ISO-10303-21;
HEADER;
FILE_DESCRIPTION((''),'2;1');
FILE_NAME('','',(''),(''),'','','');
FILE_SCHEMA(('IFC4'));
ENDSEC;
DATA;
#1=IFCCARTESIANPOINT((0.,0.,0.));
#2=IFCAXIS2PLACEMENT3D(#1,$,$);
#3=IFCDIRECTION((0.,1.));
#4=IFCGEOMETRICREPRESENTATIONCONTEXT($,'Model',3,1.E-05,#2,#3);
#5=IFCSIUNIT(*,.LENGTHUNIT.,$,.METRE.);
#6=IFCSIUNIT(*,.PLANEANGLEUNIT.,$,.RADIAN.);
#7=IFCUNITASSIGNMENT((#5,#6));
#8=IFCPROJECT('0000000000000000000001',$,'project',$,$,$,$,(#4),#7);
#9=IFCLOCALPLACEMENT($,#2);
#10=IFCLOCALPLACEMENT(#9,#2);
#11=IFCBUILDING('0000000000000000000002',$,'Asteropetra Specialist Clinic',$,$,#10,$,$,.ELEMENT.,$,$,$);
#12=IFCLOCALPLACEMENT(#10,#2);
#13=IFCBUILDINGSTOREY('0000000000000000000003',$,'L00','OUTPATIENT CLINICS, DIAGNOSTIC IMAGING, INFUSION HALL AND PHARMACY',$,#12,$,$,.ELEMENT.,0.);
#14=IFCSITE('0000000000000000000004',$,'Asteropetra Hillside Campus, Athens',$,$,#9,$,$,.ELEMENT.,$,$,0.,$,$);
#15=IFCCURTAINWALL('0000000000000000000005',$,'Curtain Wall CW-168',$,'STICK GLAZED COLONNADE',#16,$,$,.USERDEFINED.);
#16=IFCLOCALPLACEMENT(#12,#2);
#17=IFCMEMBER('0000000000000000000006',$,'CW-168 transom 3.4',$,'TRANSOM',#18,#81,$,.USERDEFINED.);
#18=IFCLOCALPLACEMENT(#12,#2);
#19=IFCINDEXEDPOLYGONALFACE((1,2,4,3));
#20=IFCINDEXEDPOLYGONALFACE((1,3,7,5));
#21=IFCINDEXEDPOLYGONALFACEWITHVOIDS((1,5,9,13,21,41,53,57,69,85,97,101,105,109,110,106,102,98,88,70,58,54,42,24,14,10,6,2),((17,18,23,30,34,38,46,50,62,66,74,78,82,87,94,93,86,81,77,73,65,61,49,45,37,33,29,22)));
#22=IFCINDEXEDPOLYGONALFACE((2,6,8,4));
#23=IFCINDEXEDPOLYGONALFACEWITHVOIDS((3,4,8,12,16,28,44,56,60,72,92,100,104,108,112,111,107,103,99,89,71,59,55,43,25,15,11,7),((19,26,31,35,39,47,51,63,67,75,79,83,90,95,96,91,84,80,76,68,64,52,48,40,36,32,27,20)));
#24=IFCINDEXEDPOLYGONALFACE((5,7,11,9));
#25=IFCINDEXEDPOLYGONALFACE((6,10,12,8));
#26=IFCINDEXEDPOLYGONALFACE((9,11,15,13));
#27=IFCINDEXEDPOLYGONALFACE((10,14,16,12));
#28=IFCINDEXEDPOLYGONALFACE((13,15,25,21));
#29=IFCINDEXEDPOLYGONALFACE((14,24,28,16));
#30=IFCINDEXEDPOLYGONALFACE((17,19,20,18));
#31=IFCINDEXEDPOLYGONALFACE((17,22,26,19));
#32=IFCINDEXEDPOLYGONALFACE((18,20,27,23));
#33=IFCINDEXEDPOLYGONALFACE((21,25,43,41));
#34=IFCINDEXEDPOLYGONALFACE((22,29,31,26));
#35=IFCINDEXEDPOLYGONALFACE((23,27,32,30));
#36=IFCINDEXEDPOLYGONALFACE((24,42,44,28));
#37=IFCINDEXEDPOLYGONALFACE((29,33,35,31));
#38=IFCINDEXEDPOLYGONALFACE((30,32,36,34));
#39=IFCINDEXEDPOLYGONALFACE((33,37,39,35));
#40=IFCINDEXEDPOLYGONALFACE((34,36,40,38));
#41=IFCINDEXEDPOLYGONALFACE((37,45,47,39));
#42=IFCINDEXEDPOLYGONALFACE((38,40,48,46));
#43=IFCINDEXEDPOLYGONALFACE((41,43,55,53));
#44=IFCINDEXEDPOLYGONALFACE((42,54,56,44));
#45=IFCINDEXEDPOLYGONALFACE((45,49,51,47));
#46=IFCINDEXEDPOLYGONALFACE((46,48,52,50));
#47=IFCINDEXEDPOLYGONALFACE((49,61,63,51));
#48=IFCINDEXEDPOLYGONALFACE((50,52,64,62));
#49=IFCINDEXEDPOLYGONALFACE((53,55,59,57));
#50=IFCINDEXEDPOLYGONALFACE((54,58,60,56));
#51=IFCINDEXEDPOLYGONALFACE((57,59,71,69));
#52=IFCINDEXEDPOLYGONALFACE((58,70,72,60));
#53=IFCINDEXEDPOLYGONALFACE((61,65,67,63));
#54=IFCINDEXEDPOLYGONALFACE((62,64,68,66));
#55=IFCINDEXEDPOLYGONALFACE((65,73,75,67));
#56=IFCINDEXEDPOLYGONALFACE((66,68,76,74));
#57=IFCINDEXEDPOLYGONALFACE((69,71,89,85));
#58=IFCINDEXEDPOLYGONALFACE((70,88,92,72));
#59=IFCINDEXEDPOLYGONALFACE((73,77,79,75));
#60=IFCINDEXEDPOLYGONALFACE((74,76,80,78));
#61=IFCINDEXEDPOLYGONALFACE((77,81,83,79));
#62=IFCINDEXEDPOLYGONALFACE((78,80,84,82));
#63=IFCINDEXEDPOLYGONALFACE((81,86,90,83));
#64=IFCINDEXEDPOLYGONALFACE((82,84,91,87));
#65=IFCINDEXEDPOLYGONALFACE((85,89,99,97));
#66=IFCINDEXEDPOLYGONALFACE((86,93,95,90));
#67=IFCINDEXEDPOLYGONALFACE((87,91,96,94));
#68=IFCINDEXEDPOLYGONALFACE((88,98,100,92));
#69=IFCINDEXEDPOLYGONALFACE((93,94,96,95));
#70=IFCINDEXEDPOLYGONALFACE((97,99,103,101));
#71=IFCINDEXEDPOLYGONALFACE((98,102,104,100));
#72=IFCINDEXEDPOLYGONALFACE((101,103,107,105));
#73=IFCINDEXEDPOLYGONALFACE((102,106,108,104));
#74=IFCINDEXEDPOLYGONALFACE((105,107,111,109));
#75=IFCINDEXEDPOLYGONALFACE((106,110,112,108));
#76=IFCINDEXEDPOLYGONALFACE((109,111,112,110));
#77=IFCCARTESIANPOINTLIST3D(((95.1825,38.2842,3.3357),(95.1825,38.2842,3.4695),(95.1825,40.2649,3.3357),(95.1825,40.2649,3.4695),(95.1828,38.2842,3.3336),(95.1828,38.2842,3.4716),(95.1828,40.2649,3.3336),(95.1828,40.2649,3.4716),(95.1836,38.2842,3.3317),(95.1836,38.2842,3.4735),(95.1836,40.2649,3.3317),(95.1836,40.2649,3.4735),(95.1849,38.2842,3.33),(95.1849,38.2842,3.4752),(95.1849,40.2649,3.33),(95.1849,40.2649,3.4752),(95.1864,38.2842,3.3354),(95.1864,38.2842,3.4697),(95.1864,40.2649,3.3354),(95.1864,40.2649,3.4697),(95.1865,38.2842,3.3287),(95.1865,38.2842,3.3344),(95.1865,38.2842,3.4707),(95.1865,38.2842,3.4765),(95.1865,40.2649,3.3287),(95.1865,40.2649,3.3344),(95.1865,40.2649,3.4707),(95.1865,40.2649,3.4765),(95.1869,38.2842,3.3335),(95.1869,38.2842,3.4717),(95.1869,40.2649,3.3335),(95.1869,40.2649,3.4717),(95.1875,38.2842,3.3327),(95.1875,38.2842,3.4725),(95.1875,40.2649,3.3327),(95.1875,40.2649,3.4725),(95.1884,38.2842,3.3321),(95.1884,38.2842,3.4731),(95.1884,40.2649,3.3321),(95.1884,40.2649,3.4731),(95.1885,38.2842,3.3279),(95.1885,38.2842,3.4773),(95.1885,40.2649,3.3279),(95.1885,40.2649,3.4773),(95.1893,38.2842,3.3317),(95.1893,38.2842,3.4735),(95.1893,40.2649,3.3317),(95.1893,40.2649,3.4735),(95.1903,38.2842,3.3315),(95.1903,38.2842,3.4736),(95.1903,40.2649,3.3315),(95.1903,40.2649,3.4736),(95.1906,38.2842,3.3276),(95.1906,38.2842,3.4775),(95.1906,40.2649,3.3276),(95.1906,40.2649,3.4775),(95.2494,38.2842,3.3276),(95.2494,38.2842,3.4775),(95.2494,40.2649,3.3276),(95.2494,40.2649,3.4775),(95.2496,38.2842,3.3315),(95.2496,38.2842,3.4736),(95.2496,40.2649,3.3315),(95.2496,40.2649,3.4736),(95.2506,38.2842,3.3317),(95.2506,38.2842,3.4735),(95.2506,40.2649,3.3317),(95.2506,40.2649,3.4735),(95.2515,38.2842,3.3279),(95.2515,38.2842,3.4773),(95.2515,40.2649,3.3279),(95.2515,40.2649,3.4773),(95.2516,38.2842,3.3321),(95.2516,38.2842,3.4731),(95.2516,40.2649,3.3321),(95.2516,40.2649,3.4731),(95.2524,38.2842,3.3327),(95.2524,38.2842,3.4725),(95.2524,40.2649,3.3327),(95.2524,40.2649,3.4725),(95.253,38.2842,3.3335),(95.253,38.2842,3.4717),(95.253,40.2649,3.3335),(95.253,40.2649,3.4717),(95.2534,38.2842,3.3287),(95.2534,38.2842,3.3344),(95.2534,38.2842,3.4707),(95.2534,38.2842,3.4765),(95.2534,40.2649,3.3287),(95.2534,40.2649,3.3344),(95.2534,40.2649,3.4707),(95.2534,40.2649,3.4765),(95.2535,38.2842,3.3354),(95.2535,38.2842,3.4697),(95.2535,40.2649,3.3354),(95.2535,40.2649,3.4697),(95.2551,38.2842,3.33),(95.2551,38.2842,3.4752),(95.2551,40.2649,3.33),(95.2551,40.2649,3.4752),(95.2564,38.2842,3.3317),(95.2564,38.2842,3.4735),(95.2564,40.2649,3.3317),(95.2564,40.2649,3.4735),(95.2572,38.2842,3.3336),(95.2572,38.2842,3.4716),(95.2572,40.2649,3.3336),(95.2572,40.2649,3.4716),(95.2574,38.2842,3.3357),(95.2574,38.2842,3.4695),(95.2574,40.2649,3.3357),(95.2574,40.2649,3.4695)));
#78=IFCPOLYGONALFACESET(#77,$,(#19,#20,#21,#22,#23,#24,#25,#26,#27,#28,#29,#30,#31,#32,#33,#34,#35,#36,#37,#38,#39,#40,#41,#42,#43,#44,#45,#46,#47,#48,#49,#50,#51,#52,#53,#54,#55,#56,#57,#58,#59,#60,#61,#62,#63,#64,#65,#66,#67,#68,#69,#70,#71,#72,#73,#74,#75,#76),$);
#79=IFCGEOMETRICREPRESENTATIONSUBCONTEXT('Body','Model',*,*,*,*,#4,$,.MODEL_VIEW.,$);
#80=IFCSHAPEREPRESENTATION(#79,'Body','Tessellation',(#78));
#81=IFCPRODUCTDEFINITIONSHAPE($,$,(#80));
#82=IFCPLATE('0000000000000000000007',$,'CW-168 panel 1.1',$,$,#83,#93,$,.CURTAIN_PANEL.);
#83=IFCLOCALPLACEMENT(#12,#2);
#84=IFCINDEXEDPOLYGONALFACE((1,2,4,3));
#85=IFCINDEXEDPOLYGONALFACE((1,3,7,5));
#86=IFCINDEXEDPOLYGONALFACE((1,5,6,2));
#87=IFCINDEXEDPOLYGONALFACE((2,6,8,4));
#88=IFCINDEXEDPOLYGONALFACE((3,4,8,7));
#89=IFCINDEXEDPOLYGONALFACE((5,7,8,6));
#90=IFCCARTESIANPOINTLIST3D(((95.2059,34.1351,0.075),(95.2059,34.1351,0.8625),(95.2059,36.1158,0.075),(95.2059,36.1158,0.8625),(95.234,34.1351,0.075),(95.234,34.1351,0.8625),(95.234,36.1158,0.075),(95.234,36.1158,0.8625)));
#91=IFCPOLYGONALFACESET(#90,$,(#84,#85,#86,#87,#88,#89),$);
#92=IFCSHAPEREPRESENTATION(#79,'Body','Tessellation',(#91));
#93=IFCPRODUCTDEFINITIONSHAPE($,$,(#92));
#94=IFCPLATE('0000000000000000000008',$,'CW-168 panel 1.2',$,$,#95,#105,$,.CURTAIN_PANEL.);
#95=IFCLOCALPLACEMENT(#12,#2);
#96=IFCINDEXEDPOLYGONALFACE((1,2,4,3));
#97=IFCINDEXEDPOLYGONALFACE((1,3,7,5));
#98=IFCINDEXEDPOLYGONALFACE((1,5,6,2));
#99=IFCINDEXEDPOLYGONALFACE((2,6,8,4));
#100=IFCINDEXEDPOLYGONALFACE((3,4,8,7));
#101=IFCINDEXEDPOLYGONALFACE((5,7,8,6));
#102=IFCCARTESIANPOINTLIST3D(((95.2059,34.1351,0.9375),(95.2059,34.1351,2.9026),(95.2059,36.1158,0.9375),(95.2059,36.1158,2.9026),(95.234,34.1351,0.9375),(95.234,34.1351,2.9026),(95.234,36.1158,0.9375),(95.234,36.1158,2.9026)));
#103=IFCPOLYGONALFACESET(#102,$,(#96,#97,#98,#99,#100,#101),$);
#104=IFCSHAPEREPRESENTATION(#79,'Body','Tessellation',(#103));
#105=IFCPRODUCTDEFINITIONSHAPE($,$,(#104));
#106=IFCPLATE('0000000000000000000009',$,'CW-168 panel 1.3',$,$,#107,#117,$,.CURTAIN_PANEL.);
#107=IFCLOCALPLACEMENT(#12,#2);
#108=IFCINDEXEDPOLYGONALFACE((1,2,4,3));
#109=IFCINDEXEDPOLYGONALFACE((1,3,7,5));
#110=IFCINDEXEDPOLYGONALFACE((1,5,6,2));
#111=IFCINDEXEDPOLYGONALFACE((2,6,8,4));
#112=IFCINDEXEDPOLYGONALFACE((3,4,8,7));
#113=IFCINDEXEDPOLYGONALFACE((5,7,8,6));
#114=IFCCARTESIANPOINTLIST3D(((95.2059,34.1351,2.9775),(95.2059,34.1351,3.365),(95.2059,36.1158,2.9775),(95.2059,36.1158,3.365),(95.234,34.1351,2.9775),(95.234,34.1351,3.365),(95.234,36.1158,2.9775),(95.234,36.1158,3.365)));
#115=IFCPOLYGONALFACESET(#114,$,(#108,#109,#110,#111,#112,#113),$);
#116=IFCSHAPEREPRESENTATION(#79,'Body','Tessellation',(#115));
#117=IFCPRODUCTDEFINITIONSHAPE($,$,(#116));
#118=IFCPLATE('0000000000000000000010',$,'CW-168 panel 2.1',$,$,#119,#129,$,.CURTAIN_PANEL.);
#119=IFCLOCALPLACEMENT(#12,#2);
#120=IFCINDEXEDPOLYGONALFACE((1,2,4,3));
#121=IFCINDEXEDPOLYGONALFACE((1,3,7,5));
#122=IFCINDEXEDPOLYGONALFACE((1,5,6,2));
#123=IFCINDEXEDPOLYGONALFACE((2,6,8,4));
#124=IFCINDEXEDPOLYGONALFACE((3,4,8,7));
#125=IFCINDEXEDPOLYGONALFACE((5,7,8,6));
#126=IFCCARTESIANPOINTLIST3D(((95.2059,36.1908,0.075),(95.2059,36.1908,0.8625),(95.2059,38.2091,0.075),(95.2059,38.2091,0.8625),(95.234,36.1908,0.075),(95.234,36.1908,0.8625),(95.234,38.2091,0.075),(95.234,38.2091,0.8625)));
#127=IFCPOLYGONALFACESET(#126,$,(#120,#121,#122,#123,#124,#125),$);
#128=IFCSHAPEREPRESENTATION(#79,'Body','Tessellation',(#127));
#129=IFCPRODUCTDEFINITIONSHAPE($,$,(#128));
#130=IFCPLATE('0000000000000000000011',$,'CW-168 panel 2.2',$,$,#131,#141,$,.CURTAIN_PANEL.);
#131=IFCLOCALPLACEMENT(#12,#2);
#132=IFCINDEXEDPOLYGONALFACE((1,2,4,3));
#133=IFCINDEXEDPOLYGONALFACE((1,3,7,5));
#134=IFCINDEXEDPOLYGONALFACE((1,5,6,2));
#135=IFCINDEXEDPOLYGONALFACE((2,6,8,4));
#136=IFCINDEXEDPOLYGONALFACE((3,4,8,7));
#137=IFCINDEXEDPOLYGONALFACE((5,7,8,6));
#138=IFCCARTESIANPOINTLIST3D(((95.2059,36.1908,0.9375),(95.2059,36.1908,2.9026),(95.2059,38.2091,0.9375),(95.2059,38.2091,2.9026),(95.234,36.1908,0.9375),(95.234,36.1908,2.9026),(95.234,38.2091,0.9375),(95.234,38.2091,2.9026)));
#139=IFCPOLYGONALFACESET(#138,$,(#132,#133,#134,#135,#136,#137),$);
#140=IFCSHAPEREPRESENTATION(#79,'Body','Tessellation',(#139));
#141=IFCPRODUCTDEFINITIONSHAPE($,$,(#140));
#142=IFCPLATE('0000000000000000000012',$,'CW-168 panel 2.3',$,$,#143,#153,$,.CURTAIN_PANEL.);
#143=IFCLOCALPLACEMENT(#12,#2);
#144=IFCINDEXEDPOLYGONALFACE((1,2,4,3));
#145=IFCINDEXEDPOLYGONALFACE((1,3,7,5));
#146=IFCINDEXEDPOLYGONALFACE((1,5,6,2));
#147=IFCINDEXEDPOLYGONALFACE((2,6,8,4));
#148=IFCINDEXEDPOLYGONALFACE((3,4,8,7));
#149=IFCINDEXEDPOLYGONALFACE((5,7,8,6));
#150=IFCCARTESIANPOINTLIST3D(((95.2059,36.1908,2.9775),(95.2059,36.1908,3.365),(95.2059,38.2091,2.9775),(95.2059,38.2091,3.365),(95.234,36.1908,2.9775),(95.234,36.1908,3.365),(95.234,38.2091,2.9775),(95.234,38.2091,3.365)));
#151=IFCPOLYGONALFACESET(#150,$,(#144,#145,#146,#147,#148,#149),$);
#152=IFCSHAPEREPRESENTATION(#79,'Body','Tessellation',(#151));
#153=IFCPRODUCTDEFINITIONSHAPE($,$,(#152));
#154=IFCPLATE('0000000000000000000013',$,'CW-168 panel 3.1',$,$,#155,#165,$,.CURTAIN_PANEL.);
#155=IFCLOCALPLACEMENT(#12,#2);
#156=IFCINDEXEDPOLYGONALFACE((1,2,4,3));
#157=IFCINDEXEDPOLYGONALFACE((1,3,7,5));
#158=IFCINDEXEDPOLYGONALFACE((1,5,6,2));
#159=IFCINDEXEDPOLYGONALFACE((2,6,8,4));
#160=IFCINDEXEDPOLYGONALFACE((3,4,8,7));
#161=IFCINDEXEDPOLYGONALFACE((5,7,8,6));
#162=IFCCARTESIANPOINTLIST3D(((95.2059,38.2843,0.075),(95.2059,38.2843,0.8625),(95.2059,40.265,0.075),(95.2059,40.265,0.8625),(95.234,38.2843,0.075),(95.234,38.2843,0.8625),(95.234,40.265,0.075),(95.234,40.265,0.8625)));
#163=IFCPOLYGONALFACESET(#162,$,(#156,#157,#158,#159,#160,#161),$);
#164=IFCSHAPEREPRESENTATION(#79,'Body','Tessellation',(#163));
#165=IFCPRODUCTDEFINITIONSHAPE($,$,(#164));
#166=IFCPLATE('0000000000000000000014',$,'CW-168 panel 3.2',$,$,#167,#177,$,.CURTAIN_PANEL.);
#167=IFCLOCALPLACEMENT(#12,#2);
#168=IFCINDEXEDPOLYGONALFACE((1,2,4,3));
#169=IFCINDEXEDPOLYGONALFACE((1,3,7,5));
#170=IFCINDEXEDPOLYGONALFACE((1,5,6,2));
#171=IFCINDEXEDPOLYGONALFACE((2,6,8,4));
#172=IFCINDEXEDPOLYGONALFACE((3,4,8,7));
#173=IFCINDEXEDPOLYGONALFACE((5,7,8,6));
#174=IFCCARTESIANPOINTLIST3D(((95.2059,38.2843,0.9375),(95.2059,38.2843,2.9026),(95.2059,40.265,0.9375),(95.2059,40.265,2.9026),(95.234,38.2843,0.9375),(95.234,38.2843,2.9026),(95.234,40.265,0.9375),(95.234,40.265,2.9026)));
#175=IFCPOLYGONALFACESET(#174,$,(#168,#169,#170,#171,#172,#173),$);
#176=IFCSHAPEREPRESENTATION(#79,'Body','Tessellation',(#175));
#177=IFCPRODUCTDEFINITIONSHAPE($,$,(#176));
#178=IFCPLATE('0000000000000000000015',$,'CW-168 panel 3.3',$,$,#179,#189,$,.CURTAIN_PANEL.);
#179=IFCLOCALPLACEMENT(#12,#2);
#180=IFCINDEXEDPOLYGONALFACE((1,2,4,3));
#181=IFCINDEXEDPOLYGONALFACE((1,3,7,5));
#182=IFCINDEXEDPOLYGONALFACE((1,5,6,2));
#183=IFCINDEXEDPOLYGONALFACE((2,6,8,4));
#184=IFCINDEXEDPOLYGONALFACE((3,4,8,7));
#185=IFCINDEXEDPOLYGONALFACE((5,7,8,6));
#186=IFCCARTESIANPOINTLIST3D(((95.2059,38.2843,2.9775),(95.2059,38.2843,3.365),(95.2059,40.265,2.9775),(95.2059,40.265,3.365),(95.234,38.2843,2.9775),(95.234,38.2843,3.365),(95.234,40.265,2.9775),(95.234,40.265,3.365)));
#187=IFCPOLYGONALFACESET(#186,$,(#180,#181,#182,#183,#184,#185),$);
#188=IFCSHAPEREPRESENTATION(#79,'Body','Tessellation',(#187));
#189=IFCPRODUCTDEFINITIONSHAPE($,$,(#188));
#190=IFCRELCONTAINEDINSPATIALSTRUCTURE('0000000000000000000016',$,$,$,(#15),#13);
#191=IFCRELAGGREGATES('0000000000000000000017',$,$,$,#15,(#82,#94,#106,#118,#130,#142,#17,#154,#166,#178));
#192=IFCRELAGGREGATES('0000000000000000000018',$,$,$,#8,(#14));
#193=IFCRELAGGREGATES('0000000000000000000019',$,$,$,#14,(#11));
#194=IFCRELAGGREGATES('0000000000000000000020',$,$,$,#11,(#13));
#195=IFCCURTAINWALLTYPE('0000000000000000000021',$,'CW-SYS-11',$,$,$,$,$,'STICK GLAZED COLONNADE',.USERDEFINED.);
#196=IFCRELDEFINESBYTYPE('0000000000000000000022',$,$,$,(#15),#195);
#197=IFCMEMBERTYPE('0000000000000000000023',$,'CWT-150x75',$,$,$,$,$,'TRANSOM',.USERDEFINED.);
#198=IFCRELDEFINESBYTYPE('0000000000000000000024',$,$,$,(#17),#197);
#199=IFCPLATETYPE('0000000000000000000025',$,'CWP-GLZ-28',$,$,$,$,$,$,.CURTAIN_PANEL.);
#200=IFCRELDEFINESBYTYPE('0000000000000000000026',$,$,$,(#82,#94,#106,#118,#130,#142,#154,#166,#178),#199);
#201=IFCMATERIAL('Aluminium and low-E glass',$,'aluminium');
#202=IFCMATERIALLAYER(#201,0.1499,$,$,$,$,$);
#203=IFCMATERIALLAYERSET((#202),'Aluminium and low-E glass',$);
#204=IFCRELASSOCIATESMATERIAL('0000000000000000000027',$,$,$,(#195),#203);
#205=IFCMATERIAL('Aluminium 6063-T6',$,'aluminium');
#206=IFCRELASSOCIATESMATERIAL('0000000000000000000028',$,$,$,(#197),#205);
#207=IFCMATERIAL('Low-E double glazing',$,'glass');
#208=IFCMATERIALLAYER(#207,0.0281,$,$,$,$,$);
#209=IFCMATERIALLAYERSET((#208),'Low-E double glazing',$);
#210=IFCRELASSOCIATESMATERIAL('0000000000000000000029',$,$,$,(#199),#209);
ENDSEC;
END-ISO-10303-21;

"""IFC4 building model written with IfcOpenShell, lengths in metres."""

from ifc_helpers import new_model, si_unit, direction, frame, origin, origin_2d, place, context, subcontext, project, spatial, rectangle, hollow_rectangle, extrude, material, layer, layer_set, material_profile, profile_set, type_object, element, aggregate, save


model = new_model("IFC4")

# Units and contexts
model_context = context("Model", 3, precision=1e-05, world=origin(), true_north=direction((0.0, 1.0)))
body_context = subcontext(model_context, "Body", "Model", "MODEL_VIEW")
ifc_project = project(units=[si_unit("LENGTHUNIT", "METRE"), si_unit("PLANEANGLEUNIT", "RADIAN")], contexts=[model_context])

# Site, building, storey
site_placement = place(None, origin())
site = spatial("IfcSite", under=ifc_project, at=site_placement, Name="Asteropetra Hillside Campus, Athens", CompositionType="ELEMENT", RefElevation=0.0)
building_placement = place(site_placement, origin())
building = spatial("IfcBuilding", under=site, at=building_placement, Name="Asteropetra Specialist Clinic", CompositionType="ELEMENT")
storey_placement = place(building_placement, origin())
storey = spatial("IfcBuildingStorey", under=building, at=storey_placement, Name="L00", Description="OUTPATIENT CLINICS, DIAGNOSTIC IMAGING, INFUSION HALL AND PHARMACY", CompositionType="ELEMENT", Elevation=0.0)

# Curtain wall
ifc_material_1 = material(Name="Aluminium and low-E glass", Category="aluminium")
ifc_layer_1 = layer(ifc_material_1, 0.1499)
ifc_layer_set_1 = layer_set([ifc_layer_1], Name="Aluminium and low-E glass")
curtain_wall_type_1 = type_object("IfcCurtainWallType", Name="CW-SYS-11", ElementType="STICK GLAZED COLONNADE", PredefinedType="USERDEFINED", material=ifc_layer_set_1)
curtain_wall_1_placement = place(storey_placement, origin())
curtain_wall_1 = element("IfcCurtainWall", 1, at=curtain_wall_1_placement, inside=storey, type_object=curtain_wall_type_1, Name="Curtain Wall CW-168", ObjectType="STICK GLAZED COLONNADE", PredefinedType="USERDEFINED")

# Member
ifc_material_2 = material(Name="Aluminium 6063-T6", Category="aluminium")
ifc_material_profile_1 = material_profile(ifc_material_2, hollow_rectangle(XDim=0.075, YDim=0.1499, WallThickness=0.0039, InnerFilletRadius=0.0039, OuterFilletRadius=0.0081, at=origin_2d()), Name="TRN 150x75x4.0")
ifc_profile_set_1 = profile_set([ifc_material_profile_1], Name="Aluminium 6063-T6")
member_type_1 = type_object("IfcMemberType", Name="CWT-150x75", ElementType="TRANSOM", PredefinedType="USERDEFINED", material=ifc_profile_set_1)
member_1_placement = place(storey_placement, frame((95.22, 38.2842, 3.4026), z_axis=(0.0, 1.0, 0.0), x_axis=(-1.0, 0.0, 0.0)))
member_1 = element("IfcMember", 2, at=member_1_placement, type_object=member_type_1, Name="CW-168 transom 3.4", ObjectType="TRANSOM", PredefinedType="USERDEFINED", context=body_context, shape_type="SweptSolid", body=[
    extrude(hollow_rectangle(XDim=0.075, YDim=0.1499, WallThickness=0.0039, InnerFilletRadius=0.0039, OuterFilletRadius=0.0081, at=origin_2d()), origin(), (0.0, 0.0, 1.0), 1.9807),
])

# Plates
ifc_material_3 = material(Name="Low-E double glazing", Category="glass")
ifc_layer_2 = layer(ifc_material_3, 0.0281)
ifc_layer_set_2 = layer_set([ifc_layer_2], Name="Low-E double glazing")
plate_type = type_object("IfcPlateType", Name="CWP-GLZ-28", PredefinedType="CURTAIN_PANEL", material=ifc_layer_set_2)
plate_1_placement = place(storey_placement, frame((95.22, 35.1255, 0.075), z_axis=(0.0, 0.0, 1.0), x_axis=(0.0, 1.0, 0.0)))
plate_1 = element("IfcPlate", 3, at=plate_1_placement, type_object=plate_type, Name="CW-168 panel 1.1", PredefinedType="CURTAIN_PANEL", context=body_context, shape_type="SweptSolid", body=[
    extrude(rectangle(XDim=1.9807, YDim=0.0281, at=origin_2d()), origin(), (0.0, 0.0, 1.0), 0.7876),
])
plate_2_placement = place(storey_placement, frame((95.22, 35.1255, 0.9375), z_axis=(0.0, 0.0, 1.0), x_axis=(0.0, 1.0, 0.0)))
plate_2 = element("IfcPlate", 4, at=plate_2_placement, type_object=plate_type, Name="CW-168 panel 1.2", PredefinedType="CURTAIN_PANEL", context=body_context, shape_type="SweptSolid", body=[
    extrude(rectangle(XDim=1.9807, YDim=0.0281, at=origin_2d()), origin(), (0.0, 0.0, 1.0), 1.9651),
])
plate_3_placement = place(storey_placement, frame((95.22, 35.1255, 2.9775), z_axis=(0.0, 0.0, 1.0), x_axis=(0.0, 1.0, 0.0)))
plate_3 = element("IfcPlate", 5, at=plate_3_placement, type_object=plate_type, Name="CW-168 panel 1.3", PredefinedType="CURTAIN_PANEL", context=body_context, shape_type="SweptSolid", body=[
    extrude(rectangle(XDim=1.9807, YDim=0.0281, at=origin_2d()), origin(), (0.0, 0.0, 1.0), 0.3875),
])
plate_4_placement = place(storey_placement, frame((95.22, 37.2, 0.075), z_axis=(0.0, 0.0, 1.0), x_axis=(0.0, 1.0, 0.0)))
plate_4 = element("IfcPlate", 6, at=plate_4_placement, type_object=plate_type, Name="CW-168 panel 2.1", PredefinedType="CURTAIN_PANEL", context=body_context, shape_type="SweptSolid", body=[
    extrude(rectangle(XDim=2.0183, YDim=0.0281, at=origin_2d()), origin(), (0.0, 0.0, 1.0), 0.7876),
])
plate_5_placement = place(storey_placement, frame((95.22, 37.2, 0.9375), z_axis=(0.0, 0.0, 1.0), x_axis=(0.0, 1.0, 0.0)))
plate_5 = element("IfcPlate", 7, at=plate_5_placement, type_object=plate_type, Name="CW-168 panel 2.2", PredefinedType="CURTAIN_PANEL", context=body_context, shape_type="SweptSolid", body=[
    extrude(rectangle(XDim=2.0183, YDim=0.0281, at=origin_2d()), origin(), (0.0, 0.0, 1.0), 1.9651),
])
plate_6_placement = place(storey_placement, frame((95.22, 37.2, 2.9775), z_axis=(0.0, 0.0, 1.0), x_axis=(0.0, 1.0, 0.0)))
plate_6 = element("IfcPlate", 8, at=plate_6_placement, type_object=plate_type, Name="CW-168 panel 2.3", PredefinedType="CURTAIN_PANEL", context=body_context, shape_type="SweptSolid", body=[
    extrude(rectangle(XDim=2.0183, YDim=0.0281, at=origin_2d()), origin(), (0.0, 0.0, 1.0), 0.3875),
])
plate_7_placement = place(storey_placement, frame((95.22, 39.2747, 0.075), z_axis=(0.0, 0.0, 1.0), x_axis=(0.0, 1.0, 0.0)))
plate_7 = element("IfcPlate", 9, at=plate_7_placement, type_object=plate_type, Name="CW-168 panel 3.1", PredefinedType="CURTAIN_PANEL", context=body_context, shape_type="SweptSolid", body=[
    extrude(rectangle(XDim=1.9807, YDim=0.0281, at=origin_2d()), origin(), (0.0, 0.0, 1.0), 0.7876),
])
plate_8_placement = place(storey_placement, frame((95.22, 39.2747, 0.9375), z_axis=(0.0, 0.0, 1.0), x_axis=(0.0, 1.0, 0.0)))
plate_8 = element("IfcPlate", 10, at=plate_8_placement, type_object=plate_type, Name="CW-168 panel 3.2", PredefinedType="CURTAIN_PANEL", context=body_context, shape_type="SweptSolid", body=[
    extrude(rectangle(XDim=1.9807, YDim=0.0281, at=origin_2d()), origin(), (0.0, 0.0, 1.0), 1.9651),
])
plate_9_placement = place(storey_placement, frame((95.22, 39.2747, 2.9775), z_axis=(0.0, 0.0, 1.0), x_axis=(0.0, 1.0, 0.0)))
plate_9 = element("IfcPlate", 11, at=plate_9_placement, type_object=plate_type, Name="CW-168 panel 3.3", PredefinedType="CURTAIN_PANEL", context=body_context, shape_type="SweptSolid", body=[
    extrude(rectangle(XDim=1.9807, YDim=0.0281, at=origin_2d()), origin(), (0.0, 0.0, 1.0), 0.3875),
])
aggregate(curtain_wall_1, [plate_1, plate_2, plate_3, plate_4, plate_5, plate_6, member_1, plate_7, plate_8, plate_9])

save(model, "model.ifc")
